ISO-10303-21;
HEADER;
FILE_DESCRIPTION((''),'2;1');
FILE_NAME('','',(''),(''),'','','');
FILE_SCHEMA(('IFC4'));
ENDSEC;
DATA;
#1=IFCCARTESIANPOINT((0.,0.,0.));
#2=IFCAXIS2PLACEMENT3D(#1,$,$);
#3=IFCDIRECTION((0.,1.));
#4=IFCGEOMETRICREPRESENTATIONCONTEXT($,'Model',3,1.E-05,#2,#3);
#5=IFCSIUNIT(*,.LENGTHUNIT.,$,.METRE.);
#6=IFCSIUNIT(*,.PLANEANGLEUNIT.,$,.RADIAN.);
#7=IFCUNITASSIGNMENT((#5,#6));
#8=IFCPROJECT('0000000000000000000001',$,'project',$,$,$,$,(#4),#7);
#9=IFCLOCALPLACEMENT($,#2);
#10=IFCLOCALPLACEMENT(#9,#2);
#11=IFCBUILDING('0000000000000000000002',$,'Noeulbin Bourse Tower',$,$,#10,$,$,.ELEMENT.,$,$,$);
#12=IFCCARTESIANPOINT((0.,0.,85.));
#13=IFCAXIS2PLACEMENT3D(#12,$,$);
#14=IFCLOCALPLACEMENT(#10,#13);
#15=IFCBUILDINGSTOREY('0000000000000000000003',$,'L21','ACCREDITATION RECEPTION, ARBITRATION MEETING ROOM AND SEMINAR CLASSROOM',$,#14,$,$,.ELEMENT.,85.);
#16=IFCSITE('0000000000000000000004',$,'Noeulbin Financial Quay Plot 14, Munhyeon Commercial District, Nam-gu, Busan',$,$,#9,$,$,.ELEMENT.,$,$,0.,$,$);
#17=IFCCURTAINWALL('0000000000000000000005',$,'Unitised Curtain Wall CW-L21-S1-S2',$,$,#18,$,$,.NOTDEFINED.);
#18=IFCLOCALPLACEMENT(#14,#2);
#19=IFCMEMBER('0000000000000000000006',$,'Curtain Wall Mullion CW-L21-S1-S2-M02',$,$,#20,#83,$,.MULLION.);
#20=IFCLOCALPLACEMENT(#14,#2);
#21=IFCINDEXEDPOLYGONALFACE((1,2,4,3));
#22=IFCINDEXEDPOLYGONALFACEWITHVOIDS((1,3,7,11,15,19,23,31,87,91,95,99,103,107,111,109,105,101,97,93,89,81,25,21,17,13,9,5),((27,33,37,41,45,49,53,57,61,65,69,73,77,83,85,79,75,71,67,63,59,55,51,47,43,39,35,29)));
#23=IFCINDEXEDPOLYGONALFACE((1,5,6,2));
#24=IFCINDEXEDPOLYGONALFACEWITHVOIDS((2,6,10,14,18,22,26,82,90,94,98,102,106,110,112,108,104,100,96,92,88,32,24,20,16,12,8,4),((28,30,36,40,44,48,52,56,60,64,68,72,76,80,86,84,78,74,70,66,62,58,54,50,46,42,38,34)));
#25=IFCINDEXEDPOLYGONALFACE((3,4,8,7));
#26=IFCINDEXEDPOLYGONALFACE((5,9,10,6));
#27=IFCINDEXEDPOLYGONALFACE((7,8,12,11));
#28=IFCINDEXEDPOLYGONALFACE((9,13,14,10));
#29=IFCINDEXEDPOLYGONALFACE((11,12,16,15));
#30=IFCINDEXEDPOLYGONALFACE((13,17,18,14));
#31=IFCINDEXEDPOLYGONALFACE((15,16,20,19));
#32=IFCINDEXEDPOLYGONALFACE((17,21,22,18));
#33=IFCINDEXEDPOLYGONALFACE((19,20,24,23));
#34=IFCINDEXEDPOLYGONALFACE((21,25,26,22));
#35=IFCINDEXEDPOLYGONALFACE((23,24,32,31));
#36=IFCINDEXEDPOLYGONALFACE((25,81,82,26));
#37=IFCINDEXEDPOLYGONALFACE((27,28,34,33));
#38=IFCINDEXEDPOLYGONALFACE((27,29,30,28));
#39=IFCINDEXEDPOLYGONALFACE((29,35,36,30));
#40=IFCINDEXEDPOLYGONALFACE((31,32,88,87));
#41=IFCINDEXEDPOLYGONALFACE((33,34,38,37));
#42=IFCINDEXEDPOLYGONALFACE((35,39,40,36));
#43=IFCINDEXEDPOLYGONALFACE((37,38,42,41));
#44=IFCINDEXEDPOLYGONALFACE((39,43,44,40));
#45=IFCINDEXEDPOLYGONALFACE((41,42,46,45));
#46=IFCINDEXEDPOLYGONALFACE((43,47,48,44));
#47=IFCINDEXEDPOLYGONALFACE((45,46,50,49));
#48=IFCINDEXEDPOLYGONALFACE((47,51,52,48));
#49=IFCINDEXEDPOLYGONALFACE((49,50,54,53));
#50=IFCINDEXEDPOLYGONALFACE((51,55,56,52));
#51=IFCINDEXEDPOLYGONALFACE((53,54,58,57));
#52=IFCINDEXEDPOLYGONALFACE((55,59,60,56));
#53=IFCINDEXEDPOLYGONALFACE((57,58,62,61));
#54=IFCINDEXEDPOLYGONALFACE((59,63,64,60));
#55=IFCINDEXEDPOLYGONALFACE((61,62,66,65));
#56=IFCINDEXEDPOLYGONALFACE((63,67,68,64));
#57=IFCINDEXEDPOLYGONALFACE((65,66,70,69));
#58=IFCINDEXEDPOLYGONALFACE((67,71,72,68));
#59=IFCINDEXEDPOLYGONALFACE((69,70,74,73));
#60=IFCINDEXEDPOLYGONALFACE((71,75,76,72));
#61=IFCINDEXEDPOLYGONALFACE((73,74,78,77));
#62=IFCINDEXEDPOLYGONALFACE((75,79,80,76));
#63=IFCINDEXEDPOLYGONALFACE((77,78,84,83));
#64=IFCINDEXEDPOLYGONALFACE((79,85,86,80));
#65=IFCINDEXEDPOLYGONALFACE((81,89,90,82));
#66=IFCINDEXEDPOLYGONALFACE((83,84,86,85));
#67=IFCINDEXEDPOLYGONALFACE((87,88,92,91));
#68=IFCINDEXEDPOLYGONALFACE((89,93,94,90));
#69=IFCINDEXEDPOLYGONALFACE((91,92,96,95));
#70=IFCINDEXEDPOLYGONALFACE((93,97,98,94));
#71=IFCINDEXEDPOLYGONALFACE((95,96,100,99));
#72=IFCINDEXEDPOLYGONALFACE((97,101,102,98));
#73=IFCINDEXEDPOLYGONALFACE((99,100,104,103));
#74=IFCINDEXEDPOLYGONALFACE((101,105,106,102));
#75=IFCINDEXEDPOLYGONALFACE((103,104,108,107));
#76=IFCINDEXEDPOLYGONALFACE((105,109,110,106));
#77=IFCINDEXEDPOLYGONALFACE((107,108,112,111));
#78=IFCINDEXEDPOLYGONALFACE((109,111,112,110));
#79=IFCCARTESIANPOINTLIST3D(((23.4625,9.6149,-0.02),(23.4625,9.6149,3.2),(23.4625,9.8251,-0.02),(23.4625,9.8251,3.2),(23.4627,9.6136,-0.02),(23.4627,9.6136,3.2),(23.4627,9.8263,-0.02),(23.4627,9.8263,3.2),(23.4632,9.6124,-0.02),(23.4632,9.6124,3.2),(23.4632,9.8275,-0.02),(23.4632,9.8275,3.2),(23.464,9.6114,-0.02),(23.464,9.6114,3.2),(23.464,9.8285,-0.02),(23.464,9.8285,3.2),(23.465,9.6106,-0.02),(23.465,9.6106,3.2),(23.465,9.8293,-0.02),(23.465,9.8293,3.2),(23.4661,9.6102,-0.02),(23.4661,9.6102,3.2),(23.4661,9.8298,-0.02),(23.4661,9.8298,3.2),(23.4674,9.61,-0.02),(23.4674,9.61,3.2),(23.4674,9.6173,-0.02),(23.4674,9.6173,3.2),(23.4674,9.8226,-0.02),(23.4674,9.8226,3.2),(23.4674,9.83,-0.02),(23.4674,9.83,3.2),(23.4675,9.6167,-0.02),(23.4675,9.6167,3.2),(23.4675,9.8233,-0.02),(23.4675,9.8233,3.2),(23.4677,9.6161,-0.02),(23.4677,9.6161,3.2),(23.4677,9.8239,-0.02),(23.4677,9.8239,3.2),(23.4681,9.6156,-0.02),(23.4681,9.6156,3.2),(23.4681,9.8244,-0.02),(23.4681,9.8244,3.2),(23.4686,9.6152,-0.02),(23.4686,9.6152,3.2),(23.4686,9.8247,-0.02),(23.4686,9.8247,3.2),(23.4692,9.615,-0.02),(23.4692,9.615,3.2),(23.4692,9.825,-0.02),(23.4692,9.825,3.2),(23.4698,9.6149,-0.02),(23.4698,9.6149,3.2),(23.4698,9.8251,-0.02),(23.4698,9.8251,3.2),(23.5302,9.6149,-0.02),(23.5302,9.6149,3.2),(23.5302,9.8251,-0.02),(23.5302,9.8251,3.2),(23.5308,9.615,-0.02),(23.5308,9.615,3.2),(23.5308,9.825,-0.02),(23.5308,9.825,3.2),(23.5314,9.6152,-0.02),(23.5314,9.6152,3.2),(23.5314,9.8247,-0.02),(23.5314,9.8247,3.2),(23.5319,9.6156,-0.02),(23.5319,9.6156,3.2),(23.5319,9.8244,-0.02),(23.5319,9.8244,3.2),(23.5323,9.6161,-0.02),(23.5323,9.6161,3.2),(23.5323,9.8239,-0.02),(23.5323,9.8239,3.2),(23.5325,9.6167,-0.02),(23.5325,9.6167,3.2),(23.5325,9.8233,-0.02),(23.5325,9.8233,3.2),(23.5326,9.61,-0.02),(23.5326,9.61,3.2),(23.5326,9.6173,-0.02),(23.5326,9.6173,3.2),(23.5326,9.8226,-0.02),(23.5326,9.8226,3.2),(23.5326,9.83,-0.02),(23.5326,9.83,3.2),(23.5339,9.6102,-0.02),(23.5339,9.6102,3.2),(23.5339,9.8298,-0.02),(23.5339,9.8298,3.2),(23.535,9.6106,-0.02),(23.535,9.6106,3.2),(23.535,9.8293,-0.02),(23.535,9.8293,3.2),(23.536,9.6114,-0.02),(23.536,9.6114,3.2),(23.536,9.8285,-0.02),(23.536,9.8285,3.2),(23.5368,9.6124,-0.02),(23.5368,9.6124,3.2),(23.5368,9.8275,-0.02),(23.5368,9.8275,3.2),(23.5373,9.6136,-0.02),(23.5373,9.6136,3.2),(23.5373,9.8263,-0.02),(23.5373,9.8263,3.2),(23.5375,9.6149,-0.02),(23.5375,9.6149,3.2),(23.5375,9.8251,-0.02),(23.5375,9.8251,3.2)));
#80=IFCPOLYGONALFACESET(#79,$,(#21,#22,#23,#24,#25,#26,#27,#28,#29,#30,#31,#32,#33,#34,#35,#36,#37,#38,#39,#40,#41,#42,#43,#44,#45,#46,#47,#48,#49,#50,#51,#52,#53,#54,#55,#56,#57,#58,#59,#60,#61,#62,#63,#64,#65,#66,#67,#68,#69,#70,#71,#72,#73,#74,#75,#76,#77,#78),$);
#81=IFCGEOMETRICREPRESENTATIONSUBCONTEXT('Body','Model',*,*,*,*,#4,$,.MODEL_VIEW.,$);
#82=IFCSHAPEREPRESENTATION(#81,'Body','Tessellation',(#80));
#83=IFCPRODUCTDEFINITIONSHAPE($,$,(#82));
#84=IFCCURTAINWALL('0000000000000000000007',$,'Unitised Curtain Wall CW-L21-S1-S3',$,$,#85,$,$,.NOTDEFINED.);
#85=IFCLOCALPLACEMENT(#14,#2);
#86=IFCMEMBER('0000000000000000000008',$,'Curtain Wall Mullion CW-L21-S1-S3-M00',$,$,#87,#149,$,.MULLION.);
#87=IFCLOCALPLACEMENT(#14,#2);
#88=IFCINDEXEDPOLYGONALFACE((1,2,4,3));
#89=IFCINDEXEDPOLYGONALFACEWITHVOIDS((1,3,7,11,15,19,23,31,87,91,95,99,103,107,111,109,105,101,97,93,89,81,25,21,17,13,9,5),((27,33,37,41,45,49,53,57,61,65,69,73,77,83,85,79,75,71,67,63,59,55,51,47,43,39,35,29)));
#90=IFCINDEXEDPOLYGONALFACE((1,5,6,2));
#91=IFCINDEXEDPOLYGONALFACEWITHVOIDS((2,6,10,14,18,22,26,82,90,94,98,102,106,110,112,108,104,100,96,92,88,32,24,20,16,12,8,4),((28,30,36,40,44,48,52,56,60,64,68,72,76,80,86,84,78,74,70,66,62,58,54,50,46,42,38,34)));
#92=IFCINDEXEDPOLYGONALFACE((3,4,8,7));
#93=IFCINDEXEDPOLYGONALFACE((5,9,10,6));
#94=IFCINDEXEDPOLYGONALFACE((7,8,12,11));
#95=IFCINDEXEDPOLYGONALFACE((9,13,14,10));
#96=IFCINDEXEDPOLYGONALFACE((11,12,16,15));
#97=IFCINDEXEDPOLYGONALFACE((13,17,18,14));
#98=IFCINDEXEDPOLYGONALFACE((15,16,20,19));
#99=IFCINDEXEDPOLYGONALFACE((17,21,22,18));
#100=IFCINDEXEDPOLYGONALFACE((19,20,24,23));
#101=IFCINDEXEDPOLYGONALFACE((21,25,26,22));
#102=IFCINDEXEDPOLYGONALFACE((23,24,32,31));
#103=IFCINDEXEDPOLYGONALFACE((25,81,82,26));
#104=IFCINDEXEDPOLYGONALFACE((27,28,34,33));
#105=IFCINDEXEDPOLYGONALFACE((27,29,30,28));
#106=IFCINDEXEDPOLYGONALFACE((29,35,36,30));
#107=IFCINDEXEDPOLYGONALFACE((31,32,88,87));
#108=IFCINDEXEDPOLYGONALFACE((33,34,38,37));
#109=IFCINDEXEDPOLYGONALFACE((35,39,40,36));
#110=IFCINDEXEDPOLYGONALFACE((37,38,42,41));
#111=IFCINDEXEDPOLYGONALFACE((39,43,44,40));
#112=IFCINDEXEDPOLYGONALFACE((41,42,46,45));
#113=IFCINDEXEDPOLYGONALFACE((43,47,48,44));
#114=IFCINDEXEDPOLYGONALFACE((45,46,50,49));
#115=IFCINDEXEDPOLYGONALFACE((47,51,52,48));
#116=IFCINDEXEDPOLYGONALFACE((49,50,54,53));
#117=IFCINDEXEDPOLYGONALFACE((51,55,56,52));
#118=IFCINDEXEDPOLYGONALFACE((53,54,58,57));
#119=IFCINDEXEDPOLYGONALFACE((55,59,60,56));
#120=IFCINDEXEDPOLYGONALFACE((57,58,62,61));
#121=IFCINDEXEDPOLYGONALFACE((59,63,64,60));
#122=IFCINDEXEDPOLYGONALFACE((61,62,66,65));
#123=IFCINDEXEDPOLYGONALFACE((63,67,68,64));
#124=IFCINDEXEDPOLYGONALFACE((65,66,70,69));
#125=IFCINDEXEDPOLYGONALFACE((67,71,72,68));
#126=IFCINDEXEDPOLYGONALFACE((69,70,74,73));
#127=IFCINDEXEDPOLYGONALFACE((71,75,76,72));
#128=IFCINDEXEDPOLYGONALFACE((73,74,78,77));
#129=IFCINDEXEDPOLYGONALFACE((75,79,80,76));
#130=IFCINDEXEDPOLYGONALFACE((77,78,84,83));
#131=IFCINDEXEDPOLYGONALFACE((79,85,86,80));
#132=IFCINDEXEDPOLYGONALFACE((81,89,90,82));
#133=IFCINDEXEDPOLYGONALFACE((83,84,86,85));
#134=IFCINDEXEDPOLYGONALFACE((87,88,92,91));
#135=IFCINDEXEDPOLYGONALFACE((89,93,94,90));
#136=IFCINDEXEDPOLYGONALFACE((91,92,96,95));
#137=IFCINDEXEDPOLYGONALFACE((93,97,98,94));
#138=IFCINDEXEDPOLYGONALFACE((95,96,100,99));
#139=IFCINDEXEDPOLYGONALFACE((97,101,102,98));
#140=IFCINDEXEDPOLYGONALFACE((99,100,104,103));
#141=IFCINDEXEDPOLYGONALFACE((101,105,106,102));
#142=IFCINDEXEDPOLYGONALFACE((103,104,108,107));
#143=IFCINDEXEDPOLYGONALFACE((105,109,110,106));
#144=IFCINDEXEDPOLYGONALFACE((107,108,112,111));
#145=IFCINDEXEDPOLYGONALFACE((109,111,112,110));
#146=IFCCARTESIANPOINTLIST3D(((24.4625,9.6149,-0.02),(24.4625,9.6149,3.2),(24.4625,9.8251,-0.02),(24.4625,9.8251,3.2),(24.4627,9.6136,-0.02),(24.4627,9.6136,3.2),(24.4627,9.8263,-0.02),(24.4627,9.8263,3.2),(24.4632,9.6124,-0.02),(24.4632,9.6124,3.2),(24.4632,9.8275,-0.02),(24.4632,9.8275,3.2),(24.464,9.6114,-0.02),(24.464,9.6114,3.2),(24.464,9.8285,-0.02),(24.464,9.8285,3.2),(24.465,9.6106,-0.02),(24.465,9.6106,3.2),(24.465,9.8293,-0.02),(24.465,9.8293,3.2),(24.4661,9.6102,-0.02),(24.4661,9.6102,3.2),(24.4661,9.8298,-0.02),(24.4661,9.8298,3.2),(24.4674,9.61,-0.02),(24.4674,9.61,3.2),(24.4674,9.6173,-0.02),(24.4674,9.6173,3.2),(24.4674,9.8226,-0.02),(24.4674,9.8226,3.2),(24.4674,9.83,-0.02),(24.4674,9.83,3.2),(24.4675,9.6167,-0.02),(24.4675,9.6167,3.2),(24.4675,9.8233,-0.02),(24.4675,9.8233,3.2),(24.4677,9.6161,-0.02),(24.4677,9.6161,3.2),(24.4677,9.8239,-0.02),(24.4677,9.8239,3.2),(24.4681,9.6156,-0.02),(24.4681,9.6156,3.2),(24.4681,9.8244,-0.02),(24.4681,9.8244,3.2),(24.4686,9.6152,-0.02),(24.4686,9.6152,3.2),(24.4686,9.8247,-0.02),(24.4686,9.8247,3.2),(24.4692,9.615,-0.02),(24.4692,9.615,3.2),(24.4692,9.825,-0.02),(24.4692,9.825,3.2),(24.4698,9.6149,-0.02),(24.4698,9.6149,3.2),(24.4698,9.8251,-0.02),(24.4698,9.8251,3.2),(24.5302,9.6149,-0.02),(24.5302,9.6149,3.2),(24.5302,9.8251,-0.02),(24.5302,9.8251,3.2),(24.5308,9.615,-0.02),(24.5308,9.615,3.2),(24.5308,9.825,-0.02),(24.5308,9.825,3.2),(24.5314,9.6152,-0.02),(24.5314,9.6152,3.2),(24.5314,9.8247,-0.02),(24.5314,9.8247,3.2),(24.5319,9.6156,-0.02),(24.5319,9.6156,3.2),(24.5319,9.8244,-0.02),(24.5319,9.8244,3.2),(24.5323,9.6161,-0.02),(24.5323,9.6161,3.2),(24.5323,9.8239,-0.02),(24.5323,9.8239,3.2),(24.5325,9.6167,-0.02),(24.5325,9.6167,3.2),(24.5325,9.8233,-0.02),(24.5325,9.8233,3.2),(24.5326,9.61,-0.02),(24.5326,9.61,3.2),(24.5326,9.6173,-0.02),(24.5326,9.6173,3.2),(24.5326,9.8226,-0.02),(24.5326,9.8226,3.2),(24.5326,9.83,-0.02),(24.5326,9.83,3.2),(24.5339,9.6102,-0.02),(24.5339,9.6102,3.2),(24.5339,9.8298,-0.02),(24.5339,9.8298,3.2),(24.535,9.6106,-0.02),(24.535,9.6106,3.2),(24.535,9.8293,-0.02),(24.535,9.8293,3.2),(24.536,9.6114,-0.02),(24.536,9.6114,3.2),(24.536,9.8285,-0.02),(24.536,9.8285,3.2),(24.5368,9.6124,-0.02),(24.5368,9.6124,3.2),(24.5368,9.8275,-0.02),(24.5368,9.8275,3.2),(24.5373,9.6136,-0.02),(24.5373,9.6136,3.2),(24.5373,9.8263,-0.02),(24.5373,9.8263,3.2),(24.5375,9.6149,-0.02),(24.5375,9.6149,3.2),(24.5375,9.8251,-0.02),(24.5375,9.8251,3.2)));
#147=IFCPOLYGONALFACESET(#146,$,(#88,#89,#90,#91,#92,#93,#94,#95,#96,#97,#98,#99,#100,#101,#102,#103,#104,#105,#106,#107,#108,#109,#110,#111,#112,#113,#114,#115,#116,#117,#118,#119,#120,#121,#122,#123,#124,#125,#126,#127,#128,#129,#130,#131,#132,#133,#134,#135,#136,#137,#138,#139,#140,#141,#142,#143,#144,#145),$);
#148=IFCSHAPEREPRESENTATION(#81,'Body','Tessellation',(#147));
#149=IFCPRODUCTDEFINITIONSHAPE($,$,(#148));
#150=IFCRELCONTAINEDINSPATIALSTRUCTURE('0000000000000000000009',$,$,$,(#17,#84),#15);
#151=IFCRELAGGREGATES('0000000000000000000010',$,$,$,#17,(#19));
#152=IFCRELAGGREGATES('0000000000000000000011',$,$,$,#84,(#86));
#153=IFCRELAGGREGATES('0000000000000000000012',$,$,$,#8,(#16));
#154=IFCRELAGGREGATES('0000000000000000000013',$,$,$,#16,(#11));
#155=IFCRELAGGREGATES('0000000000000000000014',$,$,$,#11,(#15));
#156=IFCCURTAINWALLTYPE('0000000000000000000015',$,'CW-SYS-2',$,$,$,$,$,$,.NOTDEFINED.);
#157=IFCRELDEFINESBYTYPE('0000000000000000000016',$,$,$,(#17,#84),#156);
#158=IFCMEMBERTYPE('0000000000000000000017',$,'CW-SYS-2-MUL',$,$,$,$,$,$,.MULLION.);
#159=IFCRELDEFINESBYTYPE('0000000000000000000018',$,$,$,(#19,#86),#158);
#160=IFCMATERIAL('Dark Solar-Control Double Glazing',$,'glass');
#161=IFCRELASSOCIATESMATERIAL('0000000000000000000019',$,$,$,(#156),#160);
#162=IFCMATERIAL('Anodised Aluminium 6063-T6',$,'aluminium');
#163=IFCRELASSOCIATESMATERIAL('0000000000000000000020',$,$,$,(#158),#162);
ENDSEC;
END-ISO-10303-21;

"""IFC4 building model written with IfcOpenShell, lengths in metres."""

from ifc_helpers import new_model, si_unit, direction, frame, origin, origin_2d, place, context, subcontext, project, spatial, hollow_rectangle, extrude, material, material_profile, profile_set, type_object, element, aggregate, save


model = new_model("IFC4")

# Units and contexts
model_context = context("Model", 3, precision=1e-05, world=origin(), true_north=direction((0.0, 1.0)))
body_context = subcontext(model_context, "Body", "Model", "MODEL_VIEW")
ifc_project = project(units=[si_unit("LENGTHUNIT", "METRE"), si_unit("PLANEANGLEUNIT", "RADIAN")], contexts=[model_context])

# Site, building, storey
site_placement = place(None, origin())
site = spatial("IfcSite", under=ifc_project, at=site_placement, Name="Noeulbin Financial Quay Plot 14, Munhyeon Commercial District, Nam-gu, Busan", CompositionType="ELEMENT", RefElevation=0.0)
building_placement = place(site_placement, origin())
building = spatial("IfcBuilding", under=site, at=building_placement, Name="Noeulbin Bourse Tower", CompositionType="ELEMENT")
storey_placement = place(building_placement, frame((0.0, 0.0, 85.0)))
storey = spatial("IfcBuildingStorey", under=building, at=storey_placement, Name="L21", Description="ACCREDITATION RECEPTION, ARBITRATION MEETING ROOM AND SEMINAR CLASSROOM", CompositionType="ELEMENT", Elevation=85.0)

# Shared definitions
ifc_material_1 = material(Name="Dark Solar-Control Double Glazing", Category="glass")
curtain_wall_type = type_object("IfcCurtainWallType", Name="CW-SYS-2", PredefinedType="NOTDEFINED", material=ifc_material_1)
ifc_material_2 = material(Name="Anodised Aluminium 6063-T6", Category="aluminium")
ifc_material_profile_1 = material_profile(ifc_material_2, hollow_rectangle(XDim=0.075, YDim=0.22, WallThickness=0.0049, InnerFilletRadius=0.0024, OuterFilletRadius=0.0049, at=origin_2d()), Name="ALU-MULL-75x220x5", Category="LoadBearing")
ifc_profile_set_1 = profile_set([ifc_material_profile_1], Name="Anodised Aluminium 6063-T6")
member_type_1 = type_object("IfcMemberType", Name="CW-SYS-2-MUL", PredefinedType="MULLION", material=ifc_profile_set_1)

# Curtain walls, members
curtain_wall_1_placement = place(storey_placement, origin())
curtain_wall_1 = element("IfcCurtainWall", 1, at=curtain_wall_1_placement, inside=storey, type_object=curtain_wall_type, Name="Unitised Curtain Wall CW-L21-S1-S2", PredefinedType="NOTDEFINED")
member_1_placement = place(storey_placement, frame((23.5, 9.72, -0.02), z_axis=(0.0, 0.0, 1.0), x_axis=(1.0, 0.0, 0.0)))
member_1 = element("IfcMember", 2, at=member_1_placement, type_object=member_type_1, Name="Curtain Wall Mullion CW-L21-S1-S2-M02", PredefinedType="MULLION", context=body_context, shape_type="SweptSolid", body=[
    extrude(hollow_rectangle(XDim=0.075, YDim=0.22, WallThickness=0.0049, InnerFilletRadius=0.0024, OuterFilletRadius=0.0049, at=origin_2d()), origin(), (0.0, 0.0, 1.0), 3.22),
])
curtain_wall_2_placement = place(storey_placement, origin())
curtain_wall_2 = element("IfcCurtainWall", 3, at=curtain_wall_2_placement, inside=storey, type_object=curtain_wall_type, Name="Unitised Curtain Wall CW-L21-S1-S3", PredefinedType="NOTDEFINED")
member_2_placement = place(storey_placement, frame((24.5, 9.72, -0.02), z_axis=(0.0, 0.0, 1.0), x_axis=(1.0, 0.0, 0.0)))
member_2 = element("IfcMember", 4, at=member_2_placement, type_object=member_type_1, Name="Curtain Wall Mullion CW-L21-S1-S3-M00", PredefinedType="MULLION", context=body_context, shape_type="SweptSolid", body=[
    extrude(hollow_rectangle(XDim=0.075, YDim=0.22, WallThickness=0.0049, InnerFilletRadius=0.0024, OuterFilletRadius=0.0049, at=origin_2d()), origin(), (0.0, 0.0, 1.0), 3.22),
])

aggregate(curtain_wall_1, [member_1])
aggregate(curtain_wall_2, [member_2])

save(model, "model.ifc")
